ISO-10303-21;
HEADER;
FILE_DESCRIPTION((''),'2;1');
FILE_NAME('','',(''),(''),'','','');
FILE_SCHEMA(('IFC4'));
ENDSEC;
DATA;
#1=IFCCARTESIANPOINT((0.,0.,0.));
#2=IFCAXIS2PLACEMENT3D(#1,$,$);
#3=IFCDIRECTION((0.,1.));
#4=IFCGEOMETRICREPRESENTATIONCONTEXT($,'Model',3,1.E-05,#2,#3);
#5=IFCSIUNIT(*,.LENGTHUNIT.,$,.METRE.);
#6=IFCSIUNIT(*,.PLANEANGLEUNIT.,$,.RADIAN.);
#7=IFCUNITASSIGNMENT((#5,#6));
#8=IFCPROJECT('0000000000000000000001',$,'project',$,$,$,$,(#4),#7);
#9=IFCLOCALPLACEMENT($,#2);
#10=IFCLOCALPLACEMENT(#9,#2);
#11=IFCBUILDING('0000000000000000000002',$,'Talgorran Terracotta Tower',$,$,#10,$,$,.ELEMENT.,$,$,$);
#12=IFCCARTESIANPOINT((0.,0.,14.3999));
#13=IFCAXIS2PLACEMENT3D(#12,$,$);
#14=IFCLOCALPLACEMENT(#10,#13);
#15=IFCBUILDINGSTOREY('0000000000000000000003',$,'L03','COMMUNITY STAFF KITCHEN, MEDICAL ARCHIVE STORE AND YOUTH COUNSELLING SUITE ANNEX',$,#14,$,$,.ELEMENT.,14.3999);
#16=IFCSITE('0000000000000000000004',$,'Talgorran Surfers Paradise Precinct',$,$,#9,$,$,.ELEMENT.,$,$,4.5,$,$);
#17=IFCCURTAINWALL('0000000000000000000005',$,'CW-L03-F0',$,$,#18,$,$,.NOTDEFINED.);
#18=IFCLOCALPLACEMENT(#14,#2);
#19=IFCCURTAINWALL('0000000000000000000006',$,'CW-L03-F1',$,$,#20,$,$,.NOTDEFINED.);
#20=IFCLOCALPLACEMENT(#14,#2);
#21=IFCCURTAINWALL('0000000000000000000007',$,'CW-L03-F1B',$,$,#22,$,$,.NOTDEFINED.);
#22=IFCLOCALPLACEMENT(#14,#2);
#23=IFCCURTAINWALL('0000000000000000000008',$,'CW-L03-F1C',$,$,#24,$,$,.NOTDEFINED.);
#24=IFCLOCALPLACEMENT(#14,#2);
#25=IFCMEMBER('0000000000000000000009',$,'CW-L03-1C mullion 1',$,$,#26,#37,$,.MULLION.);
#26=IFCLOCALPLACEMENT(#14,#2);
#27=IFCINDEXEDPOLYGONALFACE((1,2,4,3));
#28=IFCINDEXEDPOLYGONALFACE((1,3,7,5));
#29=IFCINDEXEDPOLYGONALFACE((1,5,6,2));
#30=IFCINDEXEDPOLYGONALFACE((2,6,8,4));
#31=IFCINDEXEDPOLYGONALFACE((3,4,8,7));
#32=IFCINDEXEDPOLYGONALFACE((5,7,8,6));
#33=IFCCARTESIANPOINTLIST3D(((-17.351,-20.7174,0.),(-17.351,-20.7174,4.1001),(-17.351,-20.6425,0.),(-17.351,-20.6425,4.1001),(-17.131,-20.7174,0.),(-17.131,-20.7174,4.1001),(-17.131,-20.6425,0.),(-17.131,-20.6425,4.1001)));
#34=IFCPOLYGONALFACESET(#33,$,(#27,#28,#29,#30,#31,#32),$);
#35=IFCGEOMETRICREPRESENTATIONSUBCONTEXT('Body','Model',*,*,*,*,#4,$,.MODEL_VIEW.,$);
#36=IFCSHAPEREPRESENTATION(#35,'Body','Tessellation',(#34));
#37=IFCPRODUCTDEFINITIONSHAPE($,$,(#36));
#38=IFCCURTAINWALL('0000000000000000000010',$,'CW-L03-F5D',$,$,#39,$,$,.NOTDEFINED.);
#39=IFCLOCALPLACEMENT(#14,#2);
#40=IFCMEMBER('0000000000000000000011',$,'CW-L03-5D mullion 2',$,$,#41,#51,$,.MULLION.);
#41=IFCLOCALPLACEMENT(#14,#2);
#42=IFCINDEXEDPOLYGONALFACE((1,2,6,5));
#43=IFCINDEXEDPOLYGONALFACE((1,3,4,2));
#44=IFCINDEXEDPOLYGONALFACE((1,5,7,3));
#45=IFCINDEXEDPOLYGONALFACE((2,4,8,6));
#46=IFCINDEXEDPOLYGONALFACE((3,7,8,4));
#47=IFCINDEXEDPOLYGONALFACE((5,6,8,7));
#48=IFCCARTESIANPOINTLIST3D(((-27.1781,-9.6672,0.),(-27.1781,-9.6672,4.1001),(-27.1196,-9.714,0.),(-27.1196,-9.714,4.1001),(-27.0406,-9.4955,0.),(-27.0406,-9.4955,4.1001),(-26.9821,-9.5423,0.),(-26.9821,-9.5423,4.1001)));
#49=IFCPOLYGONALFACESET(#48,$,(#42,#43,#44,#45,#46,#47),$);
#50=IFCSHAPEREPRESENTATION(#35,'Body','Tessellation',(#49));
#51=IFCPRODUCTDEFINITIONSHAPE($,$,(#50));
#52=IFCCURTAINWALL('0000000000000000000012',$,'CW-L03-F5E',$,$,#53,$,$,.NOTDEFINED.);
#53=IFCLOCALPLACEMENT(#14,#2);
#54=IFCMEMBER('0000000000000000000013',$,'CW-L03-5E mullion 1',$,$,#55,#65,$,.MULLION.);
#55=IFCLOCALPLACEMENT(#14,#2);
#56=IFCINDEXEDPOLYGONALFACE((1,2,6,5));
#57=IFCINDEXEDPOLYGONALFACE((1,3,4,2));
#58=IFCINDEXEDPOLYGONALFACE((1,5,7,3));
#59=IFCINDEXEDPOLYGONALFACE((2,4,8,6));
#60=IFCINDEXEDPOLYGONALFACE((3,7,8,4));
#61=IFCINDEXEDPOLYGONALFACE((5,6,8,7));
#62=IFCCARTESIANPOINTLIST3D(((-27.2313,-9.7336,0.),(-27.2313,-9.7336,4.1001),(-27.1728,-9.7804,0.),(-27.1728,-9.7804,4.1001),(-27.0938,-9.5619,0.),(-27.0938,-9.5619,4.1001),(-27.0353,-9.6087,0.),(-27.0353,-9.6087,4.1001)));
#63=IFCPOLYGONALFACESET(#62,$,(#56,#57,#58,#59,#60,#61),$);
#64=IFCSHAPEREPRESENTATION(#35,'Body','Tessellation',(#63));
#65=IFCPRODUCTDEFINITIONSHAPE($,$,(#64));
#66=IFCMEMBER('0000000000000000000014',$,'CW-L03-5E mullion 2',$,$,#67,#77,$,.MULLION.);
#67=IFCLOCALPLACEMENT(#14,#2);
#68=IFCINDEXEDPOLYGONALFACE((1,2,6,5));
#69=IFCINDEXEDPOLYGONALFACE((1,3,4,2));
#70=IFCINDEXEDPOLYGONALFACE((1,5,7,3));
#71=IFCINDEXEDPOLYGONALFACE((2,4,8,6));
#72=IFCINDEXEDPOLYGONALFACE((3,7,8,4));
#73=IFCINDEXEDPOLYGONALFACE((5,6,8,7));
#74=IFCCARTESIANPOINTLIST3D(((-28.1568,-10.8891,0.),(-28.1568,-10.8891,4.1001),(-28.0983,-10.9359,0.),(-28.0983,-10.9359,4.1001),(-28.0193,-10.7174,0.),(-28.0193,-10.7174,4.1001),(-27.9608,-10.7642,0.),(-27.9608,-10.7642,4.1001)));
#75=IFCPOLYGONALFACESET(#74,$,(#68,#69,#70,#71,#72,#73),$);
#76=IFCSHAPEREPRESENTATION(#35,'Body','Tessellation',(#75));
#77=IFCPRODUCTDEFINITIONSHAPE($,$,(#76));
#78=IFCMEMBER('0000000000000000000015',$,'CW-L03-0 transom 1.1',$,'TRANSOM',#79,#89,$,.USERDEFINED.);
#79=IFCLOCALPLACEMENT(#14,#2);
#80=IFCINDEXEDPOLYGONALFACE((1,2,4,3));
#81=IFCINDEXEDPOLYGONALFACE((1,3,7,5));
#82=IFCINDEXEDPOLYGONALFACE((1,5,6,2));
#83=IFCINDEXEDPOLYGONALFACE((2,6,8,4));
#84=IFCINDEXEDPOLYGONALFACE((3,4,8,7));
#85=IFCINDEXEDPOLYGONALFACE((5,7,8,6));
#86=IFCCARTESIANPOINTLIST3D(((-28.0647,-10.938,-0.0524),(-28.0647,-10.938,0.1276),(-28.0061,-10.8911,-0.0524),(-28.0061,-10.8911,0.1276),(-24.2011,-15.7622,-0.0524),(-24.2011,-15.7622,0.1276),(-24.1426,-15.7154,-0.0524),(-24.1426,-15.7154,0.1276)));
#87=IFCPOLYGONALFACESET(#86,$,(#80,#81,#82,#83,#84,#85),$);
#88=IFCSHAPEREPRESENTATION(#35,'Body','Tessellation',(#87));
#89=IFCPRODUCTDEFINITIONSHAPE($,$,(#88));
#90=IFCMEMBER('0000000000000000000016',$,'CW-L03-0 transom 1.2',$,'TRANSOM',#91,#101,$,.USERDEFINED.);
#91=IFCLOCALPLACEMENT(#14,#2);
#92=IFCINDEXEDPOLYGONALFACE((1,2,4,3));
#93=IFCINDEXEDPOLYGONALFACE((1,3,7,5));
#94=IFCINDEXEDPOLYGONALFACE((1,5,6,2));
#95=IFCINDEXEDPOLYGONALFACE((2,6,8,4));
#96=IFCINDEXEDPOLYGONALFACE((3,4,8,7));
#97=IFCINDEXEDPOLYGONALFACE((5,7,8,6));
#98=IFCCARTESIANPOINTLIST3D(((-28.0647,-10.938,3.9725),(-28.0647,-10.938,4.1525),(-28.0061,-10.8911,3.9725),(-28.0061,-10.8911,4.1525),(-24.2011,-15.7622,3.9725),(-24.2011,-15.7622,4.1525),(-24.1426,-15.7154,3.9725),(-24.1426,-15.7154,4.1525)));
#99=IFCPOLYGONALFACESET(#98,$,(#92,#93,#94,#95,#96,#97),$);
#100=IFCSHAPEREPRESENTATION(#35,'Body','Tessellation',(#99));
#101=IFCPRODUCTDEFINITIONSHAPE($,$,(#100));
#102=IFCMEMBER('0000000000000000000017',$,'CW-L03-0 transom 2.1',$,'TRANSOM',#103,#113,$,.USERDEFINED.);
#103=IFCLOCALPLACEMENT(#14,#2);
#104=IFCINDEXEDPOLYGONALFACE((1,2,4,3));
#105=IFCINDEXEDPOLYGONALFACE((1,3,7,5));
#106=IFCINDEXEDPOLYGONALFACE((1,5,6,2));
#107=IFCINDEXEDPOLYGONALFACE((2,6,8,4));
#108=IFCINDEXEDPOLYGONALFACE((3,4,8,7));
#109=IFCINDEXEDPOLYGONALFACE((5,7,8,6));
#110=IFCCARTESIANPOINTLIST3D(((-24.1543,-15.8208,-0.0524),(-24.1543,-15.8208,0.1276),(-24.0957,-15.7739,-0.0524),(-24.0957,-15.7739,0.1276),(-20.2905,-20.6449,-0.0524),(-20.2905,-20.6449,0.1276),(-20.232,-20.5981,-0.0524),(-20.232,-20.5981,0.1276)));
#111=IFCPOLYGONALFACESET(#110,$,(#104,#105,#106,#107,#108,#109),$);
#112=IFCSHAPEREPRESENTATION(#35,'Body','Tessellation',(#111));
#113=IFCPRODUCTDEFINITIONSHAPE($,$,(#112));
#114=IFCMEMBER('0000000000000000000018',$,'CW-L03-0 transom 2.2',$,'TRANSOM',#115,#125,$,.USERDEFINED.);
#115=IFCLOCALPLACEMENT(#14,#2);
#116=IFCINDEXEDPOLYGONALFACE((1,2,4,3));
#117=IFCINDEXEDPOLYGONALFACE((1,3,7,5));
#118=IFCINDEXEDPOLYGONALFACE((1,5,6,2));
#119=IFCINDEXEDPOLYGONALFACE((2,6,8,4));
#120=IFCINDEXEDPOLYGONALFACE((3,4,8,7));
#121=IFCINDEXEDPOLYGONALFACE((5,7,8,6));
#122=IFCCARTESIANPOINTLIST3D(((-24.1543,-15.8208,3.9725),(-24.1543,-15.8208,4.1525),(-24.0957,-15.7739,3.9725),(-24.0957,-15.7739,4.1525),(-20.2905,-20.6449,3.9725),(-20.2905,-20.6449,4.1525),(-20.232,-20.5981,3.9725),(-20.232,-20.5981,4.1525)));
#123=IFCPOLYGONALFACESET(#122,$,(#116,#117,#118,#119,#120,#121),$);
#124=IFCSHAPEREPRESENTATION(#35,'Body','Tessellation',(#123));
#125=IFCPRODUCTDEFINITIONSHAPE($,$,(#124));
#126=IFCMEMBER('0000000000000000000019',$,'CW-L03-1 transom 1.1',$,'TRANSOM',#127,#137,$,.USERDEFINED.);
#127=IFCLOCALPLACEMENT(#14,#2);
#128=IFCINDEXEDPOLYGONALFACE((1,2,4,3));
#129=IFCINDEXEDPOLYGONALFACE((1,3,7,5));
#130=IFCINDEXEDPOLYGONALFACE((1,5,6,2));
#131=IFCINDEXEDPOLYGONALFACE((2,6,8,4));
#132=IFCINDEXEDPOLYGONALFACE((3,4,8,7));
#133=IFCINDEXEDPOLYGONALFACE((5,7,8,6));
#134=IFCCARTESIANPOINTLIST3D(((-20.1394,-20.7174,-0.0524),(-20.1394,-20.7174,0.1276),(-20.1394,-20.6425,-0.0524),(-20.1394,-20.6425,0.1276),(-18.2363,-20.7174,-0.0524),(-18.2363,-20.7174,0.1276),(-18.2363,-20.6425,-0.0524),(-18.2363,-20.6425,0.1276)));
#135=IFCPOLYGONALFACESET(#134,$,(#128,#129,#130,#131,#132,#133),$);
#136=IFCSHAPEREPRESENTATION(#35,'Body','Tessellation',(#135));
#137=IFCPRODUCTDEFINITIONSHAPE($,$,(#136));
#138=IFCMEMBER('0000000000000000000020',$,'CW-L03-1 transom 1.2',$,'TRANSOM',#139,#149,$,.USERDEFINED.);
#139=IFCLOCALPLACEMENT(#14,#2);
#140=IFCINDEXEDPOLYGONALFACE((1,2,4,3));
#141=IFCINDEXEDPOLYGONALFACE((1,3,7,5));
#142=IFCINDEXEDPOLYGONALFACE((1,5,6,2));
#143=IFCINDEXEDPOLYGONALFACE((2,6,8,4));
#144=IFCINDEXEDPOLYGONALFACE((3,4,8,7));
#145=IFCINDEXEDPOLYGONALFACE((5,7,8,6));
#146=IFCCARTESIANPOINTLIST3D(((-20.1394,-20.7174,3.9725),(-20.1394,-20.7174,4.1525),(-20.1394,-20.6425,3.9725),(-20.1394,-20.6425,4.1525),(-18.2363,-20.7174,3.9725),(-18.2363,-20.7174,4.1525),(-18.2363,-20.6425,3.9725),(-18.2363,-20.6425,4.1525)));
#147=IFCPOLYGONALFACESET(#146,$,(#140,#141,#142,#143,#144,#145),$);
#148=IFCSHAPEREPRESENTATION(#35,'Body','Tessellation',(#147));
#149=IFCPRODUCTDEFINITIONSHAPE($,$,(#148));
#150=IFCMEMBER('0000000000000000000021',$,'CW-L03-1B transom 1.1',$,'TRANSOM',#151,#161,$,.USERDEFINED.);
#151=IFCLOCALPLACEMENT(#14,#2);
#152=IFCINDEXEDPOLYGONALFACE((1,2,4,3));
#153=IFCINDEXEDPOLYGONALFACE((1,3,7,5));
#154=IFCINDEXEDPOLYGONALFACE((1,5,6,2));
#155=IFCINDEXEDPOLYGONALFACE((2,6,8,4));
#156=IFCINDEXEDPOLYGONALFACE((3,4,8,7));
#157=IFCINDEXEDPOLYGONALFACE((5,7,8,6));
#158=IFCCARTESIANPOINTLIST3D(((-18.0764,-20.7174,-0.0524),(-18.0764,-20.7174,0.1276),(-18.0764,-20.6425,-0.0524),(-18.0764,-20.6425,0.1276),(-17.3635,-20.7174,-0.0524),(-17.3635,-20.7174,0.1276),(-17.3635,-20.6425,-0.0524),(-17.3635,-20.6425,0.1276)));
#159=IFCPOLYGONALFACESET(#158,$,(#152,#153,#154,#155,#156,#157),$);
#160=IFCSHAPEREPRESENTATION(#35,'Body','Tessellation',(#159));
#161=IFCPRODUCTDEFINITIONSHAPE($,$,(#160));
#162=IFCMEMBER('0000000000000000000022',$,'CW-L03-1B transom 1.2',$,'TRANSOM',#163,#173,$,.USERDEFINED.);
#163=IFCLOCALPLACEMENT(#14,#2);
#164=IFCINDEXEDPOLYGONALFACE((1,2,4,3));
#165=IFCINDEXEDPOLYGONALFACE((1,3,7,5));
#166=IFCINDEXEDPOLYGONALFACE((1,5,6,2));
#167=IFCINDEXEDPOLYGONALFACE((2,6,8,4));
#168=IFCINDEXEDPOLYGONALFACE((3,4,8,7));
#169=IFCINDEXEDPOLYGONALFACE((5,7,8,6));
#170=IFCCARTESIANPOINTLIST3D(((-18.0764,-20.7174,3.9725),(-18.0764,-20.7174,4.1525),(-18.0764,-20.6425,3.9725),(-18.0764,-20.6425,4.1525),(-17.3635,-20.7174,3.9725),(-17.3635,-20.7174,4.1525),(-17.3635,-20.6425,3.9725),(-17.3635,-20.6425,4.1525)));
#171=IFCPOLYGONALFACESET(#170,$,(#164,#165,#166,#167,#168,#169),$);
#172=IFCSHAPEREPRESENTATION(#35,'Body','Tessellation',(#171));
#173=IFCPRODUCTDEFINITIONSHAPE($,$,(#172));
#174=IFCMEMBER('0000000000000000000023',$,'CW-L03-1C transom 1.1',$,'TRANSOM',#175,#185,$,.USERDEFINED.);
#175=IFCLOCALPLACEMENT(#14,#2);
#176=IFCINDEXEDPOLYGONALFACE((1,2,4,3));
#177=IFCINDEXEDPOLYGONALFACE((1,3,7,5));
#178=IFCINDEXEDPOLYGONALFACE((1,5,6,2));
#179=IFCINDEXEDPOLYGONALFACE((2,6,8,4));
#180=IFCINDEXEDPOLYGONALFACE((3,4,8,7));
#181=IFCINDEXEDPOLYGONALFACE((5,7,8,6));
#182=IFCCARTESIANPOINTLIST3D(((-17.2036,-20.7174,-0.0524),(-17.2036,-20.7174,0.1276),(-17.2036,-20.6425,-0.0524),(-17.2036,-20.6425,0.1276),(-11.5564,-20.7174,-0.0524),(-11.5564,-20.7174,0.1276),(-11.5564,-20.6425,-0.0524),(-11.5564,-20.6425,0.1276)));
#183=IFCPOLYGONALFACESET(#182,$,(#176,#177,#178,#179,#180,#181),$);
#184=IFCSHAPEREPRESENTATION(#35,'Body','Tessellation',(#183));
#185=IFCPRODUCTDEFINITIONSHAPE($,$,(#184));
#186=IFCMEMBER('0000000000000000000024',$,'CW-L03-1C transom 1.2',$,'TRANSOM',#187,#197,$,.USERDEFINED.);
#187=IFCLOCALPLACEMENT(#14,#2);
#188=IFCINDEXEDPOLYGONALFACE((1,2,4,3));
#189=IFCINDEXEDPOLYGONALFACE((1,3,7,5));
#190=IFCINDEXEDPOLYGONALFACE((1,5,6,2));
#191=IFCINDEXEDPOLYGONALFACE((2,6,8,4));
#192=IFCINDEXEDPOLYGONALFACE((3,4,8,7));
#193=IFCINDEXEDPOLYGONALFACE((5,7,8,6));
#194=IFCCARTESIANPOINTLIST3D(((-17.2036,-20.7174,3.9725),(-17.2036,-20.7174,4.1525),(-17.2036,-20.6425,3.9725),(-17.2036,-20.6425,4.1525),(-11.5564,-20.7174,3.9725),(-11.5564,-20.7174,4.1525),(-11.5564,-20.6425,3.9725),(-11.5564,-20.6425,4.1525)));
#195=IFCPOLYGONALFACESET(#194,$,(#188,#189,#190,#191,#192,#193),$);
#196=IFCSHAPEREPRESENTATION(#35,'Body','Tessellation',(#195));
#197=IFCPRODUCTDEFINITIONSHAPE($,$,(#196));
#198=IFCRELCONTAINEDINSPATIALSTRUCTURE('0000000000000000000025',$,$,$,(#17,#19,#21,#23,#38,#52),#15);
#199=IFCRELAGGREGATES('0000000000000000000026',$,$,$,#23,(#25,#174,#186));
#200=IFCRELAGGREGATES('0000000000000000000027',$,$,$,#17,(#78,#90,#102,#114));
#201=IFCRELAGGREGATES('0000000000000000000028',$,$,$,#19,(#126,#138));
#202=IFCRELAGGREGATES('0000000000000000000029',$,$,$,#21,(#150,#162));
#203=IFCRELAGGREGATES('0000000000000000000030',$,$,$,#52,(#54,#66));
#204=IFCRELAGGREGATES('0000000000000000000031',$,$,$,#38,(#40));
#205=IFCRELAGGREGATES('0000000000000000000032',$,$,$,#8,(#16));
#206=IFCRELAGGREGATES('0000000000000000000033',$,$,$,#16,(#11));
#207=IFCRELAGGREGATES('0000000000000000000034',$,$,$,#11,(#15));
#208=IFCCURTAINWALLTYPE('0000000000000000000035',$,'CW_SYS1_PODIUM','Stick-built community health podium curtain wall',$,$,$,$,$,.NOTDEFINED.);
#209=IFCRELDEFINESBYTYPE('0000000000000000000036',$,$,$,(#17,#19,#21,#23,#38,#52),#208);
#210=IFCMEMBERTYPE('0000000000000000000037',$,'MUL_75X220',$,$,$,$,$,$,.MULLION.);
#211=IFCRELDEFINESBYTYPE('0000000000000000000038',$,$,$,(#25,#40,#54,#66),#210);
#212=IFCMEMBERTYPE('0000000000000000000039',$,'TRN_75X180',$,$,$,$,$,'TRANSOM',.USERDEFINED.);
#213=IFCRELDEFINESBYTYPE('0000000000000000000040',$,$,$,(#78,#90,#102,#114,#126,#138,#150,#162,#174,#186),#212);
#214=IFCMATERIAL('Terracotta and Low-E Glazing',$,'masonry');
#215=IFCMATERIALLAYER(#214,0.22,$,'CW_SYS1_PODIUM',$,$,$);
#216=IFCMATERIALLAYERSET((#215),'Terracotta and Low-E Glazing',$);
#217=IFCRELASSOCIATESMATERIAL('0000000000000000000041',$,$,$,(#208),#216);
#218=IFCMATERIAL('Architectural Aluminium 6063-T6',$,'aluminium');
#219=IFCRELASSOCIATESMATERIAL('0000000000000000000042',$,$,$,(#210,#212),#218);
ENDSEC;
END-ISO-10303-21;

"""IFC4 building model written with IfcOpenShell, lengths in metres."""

from ifc_helpers import new_model, si_unit, direction, frame, origin, origin_2d, place, context, subcontext, project, spatial, rectangle, extrude, material, layer, layer_set, material_profile, profile_set, type_object, element, aggregate, save


model = new_model("IFC4")

# Units and contexts
model_context = context("Model", 3, precision=1e-05, world=origin(), true_north=direction((0.0, 1.0)))
body_context = subcontext(model_context, "Body", "Model", "MODEL_VIEW")
ifc_project = project(units=[si_unit("LENGTHUNIT", "METRE"), si_unit("PLANEANGLEUNIT", "RADIAN")], contexts=[model_context])

# Site, building, storey
site_placement = place(None, origin())
site = spatial("IfcSite", under=ifc_project, at=site_placement, Name="Talgorran Surfers Paradise Precinct", CompositionType="ELEMENT", RefElevation=4.5)
building_placement = place(site_placement, origin())
building = spatial("IfcBuilding", under=site, at=building_placement, Name="Talgorran Terracotta Tower", CompositionType="ELEMENT")
storey_placement = place(building_placement, frame((0.0, 0.0, 14.3999)))
storey = spatial("IfcBuildingStorey", under=building, at=storey_placement, Name="L03", Description="COMMUNITY STAFF KITCHEN, MEDICAL ARCHIVE STORE AND YOUTH COUNSELLING SUITE ANNEX", CompositionType="ELEMENT", Elevation=14.3999)

# Curtain walls
ifc_material_1 = material(Name="Terracotta and Low-E Glazing", Category="masonry")
ifc_layer_1 = layer(ifc_material_1, 0.22, Name="CW_SYS1_PODIUM")
ifc_layer_set_1 = layer_set([ifc_layer_1], Name="Terracotta and Low-E Glazing")
curtain_wall_type = type_object("IfcCurtainWallType", Name="CW_SYS1_PODIUM", Description="Stick-built community health podium curtain wall", PredefinedType="NOTDEFINED", material=ifc_layer_set_1)
curtain_wall_1_placement = place(storey_placement, origin())
curtain_wall_1 = element("IfcCurtainWall", 1, at=curtain_wall_1_placement, inside=storey, type_object=curtain_wall_type, Name="CW-L03-F0", PredefinedType="NOTDEFINED")
ifc_material_2 = material(Name="Architectural Aluminium 6063-T6", Category="aluminium")
ifc_material_profile_1 = material_profile(ifc_material_2, rectangle(XDim=0.075, YDim=0.22, at=origin_2d()), Name="CWM75X220")
ifc_profile_set_1 = profile_set([ifc_material_profile_1], Name="Architectural Aluminium 6063-T6")
member_type_1 = type_object("IfcMemberType", Name="MUL_75X220", PredefinedType="MULLION", material=ifc_profile_set_1)
curtain_wall_2_placement = place(storey_placement, origin())
curtain_wall_2 = element("IfcCurtainWall", 2, at=curtain_wall_2_placement, inside=storey, type_object=curtain_wall_type, Name="CW-L03-F1", PredefinedType="NOTDEFINED")
curtain_wall_3_placement = place(storey_placement, origin())
curtain_wall_3 = element("IfcCurtainWall", 3, at=curtain_wall_3_placement, inside=storey, type_object=curtain_wall_type, Name="CW-L03-F1B", PredefinedType="NOTDEFINED")

# Curtain walls, members
curtain_wall_4_placement = place(storey_placement, origin())
curtain_wall_4 = element("IfcCurtainWall", 4, at=curtain_wall_4_placement, inside=storey, type_object=curtain_wall_type, Name="CW-L03-F1C", PredefinedType="NOTDEFINED")
member_1_placement = place(storey_placement, frame((-17.241, -20.6799, 0.0), z_axis=(0.0, 0.0, 1.0), x_axis=(0.0, 1.0, 0.0)))
member_1 = element("IfcMember", 5, at=member_1_placement, type_object=member_type_1, Name="CW-L03-1C mullion 1", PredefinedType="MULLION", context=body_context, shape_type="SweptSolid", body=[
    extrude(rectangle(XDim=0.075, YDim=0.22, at=origin_2d()), origin(), (0.0, 0.0, 1.0), 4.1001),
])
curtain_wall_5_placement = place(storey_placement, origin())
curtain_wall_5 = element("IfcCurtainWall", 6, at=curtain_wall_5_placement, inside=storey, type_object=curtain_wall_type, Name="CW-L03-F5D", PredefinedType="NOTDEFINED")
member_2_placement = place(storey_placement, frame((-27.0801, -9.6047, 0.0), z_axis=(0.0, 0.0, 1.0), x_axis=(0.780524, -0.625126, 0.0)))
member_2 = element("IfcMember", 7, at=member_2_placement, type_object=member_type_1, Name="CW-L03-5D mullion 2", PredefinedType="MULLION", context=body_context, shape_type="SweptSolid", body=[
    extrude(rectangle(XDim=0.075, YDim=0.22, at=origin_2d()), origin(), (0.0, 0.0, 1.0), 4.1001),
])

# Curtain wall, members
curtain_wall_6_placement = place(storey_placement, origin())
curtain_wall_6 = element("IfcCurtainWall", 8, at=curtain_wall_6_placement, inside=storey, type_object=curtain_wall_type, Name="CW-L03-F5E", PredefinedType="NOTDEFINED")
member_3_placement = place(storey_placement, frame((-27.1333, -9.6711, 0.0), z_axis=(0.0, 0.0, 1.0), x_axis=(0.780543, -0.625103, 0.0)))
member_3 = element("IfcMember", 9, at=member_3_placement, type_object=member_type_1, Name="CW-L03-5E mullion 1", PredefinedType="MULLION", context=body_context, shape_type="SweptSolid", body=[
    extrude(rectangle(XDim=0.075, YDim=0.22, at=origin_2d()), origin(), (0.0, 0.0, 1.0), 4.1001),
])
member_4_placement = place(storey_placement, frame((-28.0588, -10.8267, 0.0), z_axis=(0.0, 0.0, 1.0), x_axis=(0.780543, -0.625103, 0.0)))
member_4 = element("IfcMember", 10, at=member_4_placement, type_object=member_type_1, Name="CW-L03-5E mullion 2", PredefinedType="MULLION", context=body_context, shape_type="SweptSolid", body=[
    extrude(rectangle(XDim=0.075, YDim=0.22, at=origin_2d()), origin(), (0.0, 0.0, 1.0), 4.1001),
])

# Members
ifc_material_profile_2 = material_profile(ifc_material_2, rectangle(XDim=0.075, YDim=0.1799, at=origin_2d()), Name="CWT75X180")
ifc_profile_set_2 = profile_set([ifc_material_profile_2], Name="Architectural Aluminium 6063-T6")
member_type_2 = type_object("IfcMemberType", Name="TRN_75X180", ElementType="TRANSOM", PredefinedType="USERDEFINED", material=ifc_profile_set_2)
member_5_placement = place(storey_placement, frame((-28.0354, -10.9146, 0.0376), z_axis=(0.625104, -0.780541, 0.0), x_axis=(0.780541, 0.625104, 0.0)))
member_5 = element("IfcMember", 11, at=member_5_placement, type_object=member_type_2, Name="CW-L03-0 transom 1.1", ObjectType="TRANSOM", PredefinedType="USERDEFINED", context=body_context, shape_type="SweptSolid", body=[
    extrude(rectangle(XDim=0.075, YDim=0.1799, at=origin_2d()), origin(), (0.0, 0.0, 1.0), 6.1807),
])
member_6_placement = place(storey_placement, frame((-28.0354, -10.9146, 4.0625), z_axis=(0.625104, -0.780541, 0.0), x_axis=(0.780541, 0.625104, 0.0)))
member_6 = element("IfcMember", 12, at=member_6_placement, type_object=member_type_2, Name="CW-L03-0 transom 1.2", ObjectType="TRANSOM", PredefinedType="USERDEFINED", context=body_context, shape_type="SweptSolid", body=[
    extrude(rectangle(XDim=0.075, YDim=0.1799, at=origin_2d()), origin(), (0.0, 0.0, 1.0), 6.1807),
])
member_7_placement = place(storey_placement, frame((-24.125, -15.7974, 0.0376), z_axis=(0.625128, -0.780522, 0.0), x_axis=(0.780522, 0.625128, 0.0)))
member_7 = element("IfcMember", 13, at=member_7_placement, type_object=member_type_2, Name="CW-L03-0 transom 2.1", ObjectType="TRANSOM", PredefinedType="USERDEFINED", context=body_context, shape_type="SweptSolid", body=[
    extrude(rectangle(XDim=0.075, YDim=0.1799, at=origin_2d()), origin(), (0.0, 0.0, 1.0), 6.1807),
])
member_8_placement = place(storey_placement, frame((-24.125, -15.7974, 4.0625), z_axis=(0.625128, -0.780522, 0.0), x_axis=(0.780522, 0.625128, 0.0)))
member_8 = element("IfcMember", 14, at=member_8_placement, type_object=member_type_2, Name="CW-L03-0 transom 2.2", ObjectType="TRANSOM", PredefinedType="USERDEFINED", context=body_context, shape_type="SweptSolid", body=[
    extrude(rectangle(XDim=0.075, YDim=0.1799, at=origin_2d()), origin(), (0.0, 0.0, 1.0), 6.1807),
])
member_9_placement = place(storey_placement, frame((-20.1394, -20.6799, 0.0376), z_axis=(1.0, 0.0, 0.0), x_axis=(0.0, 1.0, 0.0)))
member_9 = element("IfcMember", 15, at=member_9_placement, type_object=member_type_2, Name="CW-L03-1 transom 1.1", ObjectType="TRANSOM", PredefinedType="USERDEFINED", context=body_context, shape_type="SweptSolid", body=[
    extrude(rectangle(XDim=0.075, YDim=0.1799, at=origin_2d()), origin(), (0.0, 0.0, 1.0), 1.9031),
])
member_10_placement = place(storey_placement, frame((-20.1394, -20.6799, 4.0625), z_axis=(1.0, 0.0, 0.0), x_axis=(0.0, 1.0, 0.0)))
member_10 = element("IfcMember", 16, at=member_10_placement, type_object=member_type_2, Name="CW-L03-1 transom 1.2", ObjectType="TRANSOM", PredefinedType="USERDEFINED", context=body_context, shape_type="SweptSolid", body=[
    extrude(rectangle(XDim=0.075, YDim=0.1799, at=origin_2d()), origin(), (0.0, 0.0, 1.0), 1.9031),
])
member_11_placement = place(storey_placement, frame((-18.0764, -20.6799, 0.0376), z_axis=(1.0, 0.0, 0.0), x_axis=(0.0, 1.0, 0.0)))
member_11 = element("IfcMember", 17, at=member_11_placement, type_object=member_type_2, Name="CW-L03-1B transom 1.1", ObjectType="TRANSOM", PredefinedType="USERDEFINED", context=body_context, shape_type="SweptSolid", body=[
    extrude(rectangle(XDim=0.075, YDim=0.1799, at=origin_2d()), origin(), (0.0, 0.0, 1.0), 0.7129),
])
member_12_placement = place(storey_placement, frame((-18.0764, -20.6799, 4.0625), z_axis=(1.0, 0.0, 0.0), x_axis=(0.0, 1.0, 0.0)))
member_12 = element("IfcMember", 18, at=member_12_placement, type_object=member_type_2, Name="CW-L03-1B transom 1.2", ObjectType="TRANSOM", PredefinedType="USERDEFINED", context=body_context, shape_type="SweptSolid", body=[
    extrude(rectangle(XDim=0.075, YDim=0.1799, at=origin_2d()), origin(), (0.0, 0.0, 1.0), 0.7129),
])
member_13_placement = place(storey_placement, frame((-17.2036, -20.6799, 0.0376), z_axis=(1.0, 0.0, 0.0), x_axis=(0.0, 1.0, 0.0)))
member_13 = element("IfcMember", 19, at=member_13_placement, type_object=member_type_2, Name="CW-L03-1C transom 1.1", ObjectType="TRANSOM", PredefinedType="USERDEFINED", context=body_context, shape_type="SweptSolid", body=[
    extrude(rectangle(XDim=0.075, YDim=0.1799, at=origin_2d()), origin(), (0.0, 0.0, 1.0), 5.6472),
])
member_14_placement = place(storey_placement, frame((-17.2036, -20.6799, 4.0625), z_axis=(1.0, 0.0, 0.0), x_axis=(0.0, 1.0, 0.0)))
member_14 = element("IfcMember", 20, at=member_14_placement, type_object=member_type_2, Name="CW-L03-1C transom 1.2", ObjectType="TRANSOM", PredefinedType="USERDEFINED", context=body_context, shape_type="SweptSolid", body=[
    extrude(rectangle(XDim=0.075, YDim=0.1799, at=origin_2d()), origin(), (0.0, 0.0, 1.0), 5.6472),
])
aggregate(curtain_wall_4, [member_1, member_13, member_14])

aggregate(curtain_wall_1, [member_5, member_6, member_7, member_8])
aggregate(curtain_wall_2, [member_9, member_10])
aggregate(curtain_wall_3, [member_11, member_12])
aggregate(curtain_wall_6, [member_3, member_4])
aggregate(curtain_wall_5, [member_2])

save(model, "model.ifc")
